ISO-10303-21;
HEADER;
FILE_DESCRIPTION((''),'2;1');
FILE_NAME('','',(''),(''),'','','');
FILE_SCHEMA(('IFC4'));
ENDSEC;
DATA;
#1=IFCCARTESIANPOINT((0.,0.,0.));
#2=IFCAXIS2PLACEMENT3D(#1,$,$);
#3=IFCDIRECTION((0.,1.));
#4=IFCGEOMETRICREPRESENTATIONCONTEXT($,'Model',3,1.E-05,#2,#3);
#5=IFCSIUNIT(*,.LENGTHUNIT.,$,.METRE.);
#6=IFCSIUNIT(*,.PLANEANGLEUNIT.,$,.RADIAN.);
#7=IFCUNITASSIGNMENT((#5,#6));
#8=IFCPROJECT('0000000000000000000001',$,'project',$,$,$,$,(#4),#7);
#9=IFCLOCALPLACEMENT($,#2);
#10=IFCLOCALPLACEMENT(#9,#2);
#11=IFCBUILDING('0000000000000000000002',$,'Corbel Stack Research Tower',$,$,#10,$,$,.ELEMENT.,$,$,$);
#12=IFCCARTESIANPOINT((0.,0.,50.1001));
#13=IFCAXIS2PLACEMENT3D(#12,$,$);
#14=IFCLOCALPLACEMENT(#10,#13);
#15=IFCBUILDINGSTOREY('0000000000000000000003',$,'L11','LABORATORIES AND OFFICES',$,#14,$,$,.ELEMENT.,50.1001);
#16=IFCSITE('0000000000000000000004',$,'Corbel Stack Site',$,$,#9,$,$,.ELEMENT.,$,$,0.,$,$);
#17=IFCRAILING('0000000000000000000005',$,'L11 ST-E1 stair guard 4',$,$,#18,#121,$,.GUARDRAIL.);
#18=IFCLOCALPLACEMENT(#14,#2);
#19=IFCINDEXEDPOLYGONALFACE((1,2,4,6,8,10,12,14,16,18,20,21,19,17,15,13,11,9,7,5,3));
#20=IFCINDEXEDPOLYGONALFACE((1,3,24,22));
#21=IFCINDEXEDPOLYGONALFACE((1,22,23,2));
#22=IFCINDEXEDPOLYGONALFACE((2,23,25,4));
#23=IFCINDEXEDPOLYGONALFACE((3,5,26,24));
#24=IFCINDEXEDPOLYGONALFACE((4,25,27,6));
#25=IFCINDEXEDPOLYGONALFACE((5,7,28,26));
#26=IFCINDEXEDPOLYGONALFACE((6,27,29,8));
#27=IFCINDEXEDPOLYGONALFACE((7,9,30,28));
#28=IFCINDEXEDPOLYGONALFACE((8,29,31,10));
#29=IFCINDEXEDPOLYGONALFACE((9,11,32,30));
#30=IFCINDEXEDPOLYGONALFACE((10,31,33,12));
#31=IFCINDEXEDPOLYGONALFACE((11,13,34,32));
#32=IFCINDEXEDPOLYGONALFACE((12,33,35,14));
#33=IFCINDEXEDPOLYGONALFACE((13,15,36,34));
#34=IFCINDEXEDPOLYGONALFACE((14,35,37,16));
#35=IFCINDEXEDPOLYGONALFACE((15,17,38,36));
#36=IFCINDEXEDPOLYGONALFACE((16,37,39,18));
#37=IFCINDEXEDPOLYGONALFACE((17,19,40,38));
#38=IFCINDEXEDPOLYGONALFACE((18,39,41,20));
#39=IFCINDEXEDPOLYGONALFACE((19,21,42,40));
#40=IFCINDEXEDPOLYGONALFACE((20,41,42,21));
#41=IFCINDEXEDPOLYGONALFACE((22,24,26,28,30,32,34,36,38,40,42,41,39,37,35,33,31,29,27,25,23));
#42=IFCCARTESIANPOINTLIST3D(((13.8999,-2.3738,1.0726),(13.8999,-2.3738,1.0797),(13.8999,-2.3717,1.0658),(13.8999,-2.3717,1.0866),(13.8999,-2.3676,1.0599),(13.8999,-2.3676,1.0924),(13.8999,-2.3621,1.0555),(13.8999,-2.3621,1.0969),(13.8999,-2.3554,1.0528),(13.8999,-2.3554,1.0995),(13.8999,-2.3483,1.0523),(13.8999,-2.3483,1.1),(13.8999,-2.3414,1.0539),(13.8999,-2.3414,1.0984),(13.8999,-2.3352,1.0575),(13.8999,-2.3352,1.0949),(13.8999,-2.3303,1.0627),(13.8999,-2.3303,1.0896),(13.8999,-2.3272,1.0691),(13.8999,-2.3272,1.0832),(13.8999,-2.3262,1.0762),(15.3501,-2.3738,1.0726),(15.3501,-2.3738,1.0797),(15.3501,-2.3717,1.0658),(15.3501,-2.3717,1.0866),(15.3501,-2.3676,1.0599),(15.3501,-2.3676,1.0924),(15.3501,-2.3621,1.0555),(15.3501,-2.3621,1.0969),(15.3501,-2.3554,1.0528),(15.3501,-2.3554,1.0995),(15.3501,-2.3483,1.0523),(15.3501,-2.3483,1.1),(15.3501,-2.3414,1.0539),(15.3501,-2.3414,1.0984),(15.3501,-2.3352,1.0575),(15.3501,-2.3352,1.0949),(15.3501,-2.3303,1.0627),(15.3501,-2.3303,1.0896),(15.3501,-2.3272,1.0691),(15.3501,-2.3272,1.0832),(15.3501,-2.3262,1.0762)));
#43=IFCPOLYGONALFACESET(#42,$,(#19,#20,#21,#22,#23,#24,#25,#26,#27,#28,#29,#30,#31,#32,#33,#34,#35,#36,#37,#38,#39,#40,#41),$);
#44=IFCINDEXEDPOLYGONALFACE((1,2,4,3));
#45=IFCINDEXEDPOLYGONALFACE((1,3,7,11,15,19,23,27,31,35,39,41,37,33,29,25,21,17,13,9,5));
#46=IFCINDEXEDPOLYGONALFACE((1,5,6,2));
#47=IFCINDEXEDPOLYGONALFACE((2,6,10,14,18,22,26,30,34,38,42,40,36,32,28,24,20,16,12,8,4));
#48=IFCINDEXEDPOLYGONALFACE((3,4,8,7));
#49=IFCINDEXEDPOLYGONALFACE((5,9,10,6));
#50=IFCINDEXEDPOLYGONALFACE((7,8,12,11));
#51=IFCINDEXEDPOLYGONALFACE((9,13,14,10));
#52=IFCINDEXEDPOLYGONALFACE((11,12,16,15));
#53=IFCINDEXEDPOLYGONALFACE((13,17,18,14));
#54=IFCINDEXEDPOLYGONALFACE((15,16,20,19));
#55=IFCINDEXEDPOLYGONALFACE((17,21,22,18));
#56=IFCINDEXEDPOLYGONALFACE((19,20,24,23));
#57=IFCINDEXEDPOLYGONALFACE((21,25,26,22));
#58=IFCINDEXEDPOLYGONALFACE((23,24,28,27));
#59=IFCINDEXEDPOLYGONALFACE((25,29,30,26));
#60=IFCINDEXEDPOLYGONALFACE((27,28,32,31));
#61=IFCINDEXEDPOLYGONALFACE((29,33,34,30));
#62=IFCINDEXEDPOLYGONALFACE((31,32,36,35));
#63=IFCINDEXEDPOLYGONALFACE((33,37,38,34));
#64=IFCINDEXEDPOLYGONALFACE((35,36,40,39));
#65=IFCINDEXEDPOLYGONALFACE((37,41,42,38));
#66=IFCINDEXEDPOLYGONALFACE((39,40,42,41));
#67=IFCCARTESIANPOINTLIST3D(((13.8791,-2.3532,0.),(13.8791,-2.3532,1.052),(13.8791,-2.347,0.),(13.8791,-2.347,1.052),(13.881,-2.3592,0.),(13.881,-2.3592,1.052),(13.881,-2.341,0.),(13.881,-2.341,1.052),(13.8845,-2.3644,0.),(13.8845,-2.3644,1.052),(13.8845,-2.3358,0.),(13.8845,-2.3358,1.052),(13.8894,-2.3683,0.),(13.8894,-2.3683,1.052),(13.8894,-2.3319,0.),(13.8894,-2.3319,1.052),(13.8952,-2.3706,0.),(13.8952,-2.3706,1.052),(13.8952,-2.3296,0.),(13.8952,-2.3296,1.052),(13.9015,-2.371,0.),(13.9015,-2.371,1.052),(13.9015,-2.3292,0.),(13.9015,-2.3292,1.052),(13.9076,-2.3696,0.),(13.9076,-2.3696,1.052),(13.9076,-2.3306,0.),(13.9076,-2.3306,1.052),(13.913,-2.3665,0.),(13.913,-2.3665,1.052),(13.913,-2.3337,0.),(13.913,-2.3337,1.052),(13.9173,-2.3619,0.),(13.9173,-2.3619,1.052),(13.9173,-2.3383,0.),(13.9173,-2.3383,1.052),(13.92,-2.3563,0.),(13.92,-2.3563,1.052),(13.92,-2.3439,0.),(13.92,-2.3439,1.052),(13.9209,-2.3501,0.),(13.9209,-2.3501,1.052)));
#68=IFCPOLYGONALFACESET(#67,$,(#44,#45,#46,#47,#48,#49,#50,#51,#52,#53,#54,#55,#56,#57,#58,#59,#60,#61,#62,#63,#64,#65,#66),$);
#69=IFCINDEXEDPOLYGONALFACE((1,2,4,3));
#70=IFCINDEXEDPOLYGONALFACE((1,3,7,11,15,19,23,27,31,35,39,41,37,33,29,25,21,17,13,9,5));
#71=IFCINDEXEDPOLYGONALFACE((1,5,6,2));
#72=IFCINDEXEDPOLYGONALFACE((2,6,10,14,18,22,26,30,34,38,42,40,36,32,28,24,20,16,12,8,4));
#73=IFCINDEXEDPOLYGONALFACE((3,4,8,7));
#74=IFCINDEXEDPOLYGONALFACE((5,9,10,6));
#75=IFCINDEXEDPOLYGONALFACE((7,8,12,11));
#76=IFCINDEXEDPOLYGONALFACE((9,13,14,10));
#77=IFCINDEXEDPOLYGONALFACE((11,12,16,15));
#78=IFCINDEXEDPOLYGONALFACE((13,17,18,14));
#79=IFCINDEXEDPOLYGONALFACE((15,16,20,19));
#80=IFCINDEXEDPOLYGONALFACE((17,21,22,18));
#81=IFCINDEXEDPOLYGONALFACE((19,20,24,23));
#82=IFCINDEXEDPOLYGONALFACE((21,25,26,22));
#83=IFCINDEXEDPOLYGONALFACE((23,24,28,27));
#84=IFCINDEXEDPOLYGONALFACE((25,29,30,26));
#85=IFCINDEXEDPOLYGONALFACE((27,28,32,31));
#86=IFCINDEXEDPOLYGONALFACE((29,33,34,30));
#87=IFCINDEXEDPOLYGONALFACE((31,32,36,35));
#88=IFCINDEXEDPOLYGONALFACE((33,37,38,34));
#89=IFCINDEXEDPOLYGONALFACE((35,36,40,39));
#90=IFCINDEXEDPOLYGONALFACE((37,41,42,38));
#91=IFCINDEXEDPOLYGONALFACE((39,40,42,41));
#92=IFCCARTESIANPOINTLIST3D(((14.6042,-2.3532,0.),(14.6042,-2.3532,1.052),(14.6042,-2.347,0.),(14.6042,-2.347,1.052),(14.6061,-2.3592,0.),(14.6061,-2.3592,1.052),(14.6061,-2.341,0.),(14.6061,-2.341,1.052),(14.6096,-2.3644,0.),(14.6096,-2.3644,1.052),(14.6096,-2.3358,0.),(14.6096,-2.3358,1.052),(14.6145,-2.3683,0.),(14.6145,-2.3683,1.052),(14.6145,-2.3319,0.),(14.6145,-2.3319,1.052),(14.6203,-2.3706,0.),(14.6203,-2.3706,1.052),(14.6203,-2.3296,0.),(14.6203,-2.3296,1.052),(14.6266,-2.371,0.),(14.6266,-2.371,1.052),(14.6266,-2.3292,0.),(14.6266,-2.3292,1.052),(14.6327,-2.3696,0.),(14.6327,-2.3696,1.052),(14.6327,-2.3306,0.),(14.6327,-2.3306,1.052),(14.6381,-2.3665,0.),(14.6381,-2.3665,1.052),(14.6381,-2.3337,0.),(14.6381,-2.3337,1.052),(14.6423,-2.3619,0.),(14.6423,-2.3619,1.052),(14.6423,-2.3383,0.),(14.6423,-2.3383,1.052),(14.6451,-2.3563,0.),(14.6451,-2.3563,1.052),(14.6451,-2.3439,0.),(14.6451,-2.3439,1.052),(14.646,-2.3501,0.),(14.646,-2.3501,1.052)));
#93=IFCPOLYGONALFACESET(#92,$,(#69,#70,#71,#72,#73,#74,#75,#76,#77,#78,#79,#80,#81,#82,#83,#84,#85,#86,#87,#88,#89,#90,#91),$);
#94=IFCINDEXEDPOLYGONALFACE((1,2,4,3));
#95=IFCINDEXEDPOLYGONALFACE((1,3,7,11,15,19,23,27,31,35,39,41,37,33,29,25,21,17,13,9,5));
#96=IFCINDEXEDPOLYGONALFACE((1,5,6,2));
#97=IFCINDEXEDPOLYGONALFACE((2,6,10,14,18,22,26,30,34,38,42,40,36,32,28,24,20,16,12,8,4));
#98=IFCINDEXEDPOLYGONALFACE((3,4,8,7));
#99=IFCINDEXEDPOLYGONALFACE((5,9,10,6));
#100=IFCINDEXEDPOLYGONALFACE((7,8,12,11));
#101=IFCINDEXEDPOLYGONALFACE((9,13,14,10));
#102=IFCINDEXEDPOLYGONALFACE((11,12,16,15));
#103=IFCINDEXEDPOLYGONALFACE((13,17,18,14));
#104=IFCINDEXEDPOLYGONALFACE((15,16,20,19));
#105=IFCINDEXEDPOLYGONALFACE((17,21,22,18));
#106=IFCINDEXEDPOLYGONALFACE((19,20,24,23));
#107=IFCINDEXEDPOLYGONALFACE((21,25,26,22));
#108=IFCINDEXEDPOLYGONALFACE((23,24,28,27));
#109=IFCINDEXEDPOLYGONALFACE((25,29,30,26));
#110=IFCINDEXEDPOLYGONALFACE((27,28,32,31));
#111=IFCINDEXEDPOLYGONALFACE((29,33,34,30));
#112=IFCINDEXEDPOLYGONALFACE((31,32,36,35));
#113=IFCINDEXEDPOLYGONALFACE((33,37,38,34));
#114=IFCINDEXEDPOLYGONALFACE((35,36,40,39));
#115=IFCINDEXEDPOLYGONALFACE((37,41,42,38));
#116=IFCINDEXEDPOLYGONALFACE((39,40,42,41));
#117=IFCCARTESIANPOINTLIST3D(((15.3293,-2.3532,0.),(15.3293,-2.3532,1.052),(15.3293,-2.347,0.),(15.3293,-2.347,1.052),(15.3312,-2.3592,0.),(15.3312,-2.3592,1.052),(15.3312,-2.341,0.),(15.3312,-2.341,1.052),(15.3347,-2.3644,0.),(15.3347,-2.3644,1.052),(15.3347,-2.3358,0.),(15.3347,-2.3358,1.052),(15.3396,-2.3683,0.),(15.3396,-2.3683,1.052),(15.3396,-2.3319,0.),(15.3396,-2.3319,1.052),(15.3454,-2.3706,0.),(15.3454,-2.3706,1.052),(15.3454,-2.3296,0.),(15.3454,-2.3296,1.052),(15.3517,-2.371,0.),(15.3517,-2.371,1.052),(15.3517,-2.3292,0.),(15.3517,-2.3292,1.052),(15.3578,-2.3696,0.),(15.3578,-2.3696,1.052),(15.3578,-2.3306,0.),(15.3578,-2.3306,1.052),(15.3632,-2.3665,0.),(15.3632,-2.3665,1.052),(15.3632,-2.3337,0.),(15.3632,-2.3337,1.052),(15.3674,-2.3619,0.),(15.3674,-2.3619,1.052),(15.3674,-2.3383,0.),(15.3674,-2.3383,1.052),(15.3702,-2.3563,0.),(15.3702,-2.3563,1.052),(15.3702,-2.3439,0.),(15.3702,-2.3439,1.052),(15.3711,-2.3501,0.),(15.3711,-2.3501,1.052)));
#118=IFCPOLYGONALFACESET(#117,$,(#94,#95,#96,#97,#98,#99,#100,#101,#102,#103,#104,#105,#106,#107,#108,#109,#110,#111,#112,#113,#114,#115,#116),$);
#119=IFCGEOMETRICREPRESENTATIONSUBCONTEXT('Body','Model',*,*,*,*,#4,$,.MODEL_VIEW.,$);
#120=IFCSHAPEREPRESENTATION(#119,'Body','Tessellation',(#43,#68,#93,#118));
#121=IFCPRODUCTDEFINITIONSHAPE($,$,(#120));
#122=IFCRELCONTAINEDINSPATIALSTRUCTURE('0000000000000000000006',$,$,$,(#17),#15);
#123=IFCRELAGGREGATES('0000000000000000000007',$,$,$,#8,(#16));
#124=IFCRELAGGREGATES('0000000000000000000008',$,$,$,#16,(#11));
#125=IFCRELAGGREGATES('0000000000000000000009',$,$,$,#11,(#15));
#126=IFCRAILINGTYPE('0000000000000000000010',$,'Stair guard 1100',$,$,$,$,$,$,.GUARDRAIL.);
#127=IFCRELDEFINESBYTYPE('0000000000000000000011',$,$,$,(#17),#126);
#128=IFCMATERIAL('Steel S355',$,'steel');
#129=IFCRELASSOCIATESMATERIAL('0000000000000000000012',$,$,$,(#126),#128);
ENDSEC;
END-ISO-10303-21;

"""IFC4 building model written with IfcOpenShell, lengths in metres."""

from ifc_helpers import new_model, si_unit, direction, frame, origin, origin_2d, place, context, subcontext, project, spatial, circle, extrude, material, type_object, element, save


model = new_model("IFC4")

# Units and contexts
model_context = context("Model", 3, precision=1e-05, world=origin(), true_north=direction((0.0, 1.0)))
body_context = subcontext(model_context, "Body", "Model", "MODEL_VIEW")
ifc_project = project(units=[si_unit("LENGTHUNIT", "METRE"), si_unit("PLANEANGLEUNIT", "RADIAN")], contexts=[model_context])

# Site, building, storey
site_placement = place(None, origin())
site = spatial("IfcSite", under=ifc_project, at=site_placement, Name="Corbel Stack Site", CompositionType="ELEMENT", RefElevation=0.0)
building_placement = place(site_placement, origin())
building = spatial("IfcBuilding", under=site, at=building_placement, Name="Corbel Stack Research Tower", CompositionType="ELEMENT")
storey_placement = place(building_placement, frame((0.0, 0.0, 50.1001)))
storey = spatial("IfcBuildingStorey", under=building, at=storey_placement, Name="L11", Description="LABORATORIES AND OFFICES", CompositionType="ELEMENT", Elevation=50.1001)

# Railing
ifc_material_1 = material(Name="Steel S355", Category="steel")
railing_type_1 = type_object("IfcRailingType", Name="Stair guard 1100", PredefinedType="GUARDRAIL", material=ifc_material_1)
railing_1_placement = place(storey_placement, frame((13.8999, -2.3501, 0.0)))
element("IfcRailing", 1, at=railing_1_placement, inside=storey, type_object=railing_type_1, Name="L11 ST-E1 stair guard 4", PredefinedType="GUARDRAIL", context=body_context, shape_type="SweptSolid", body=[
    extrude(circle(Radius=0.0239, at=origin_2d()), frame((0.0, 0.0, 1.0762), z_axis=(1.0, 0.0, 0.0), x_axis=(0.0, 1.0, 0.0)), (0.0, 0.0, 1.0), 1.4502),
    extrude(circle(Radius=0.021, at=origin_2d()), origin(), (0.0, 0.0, 1.0), 1.052),
    extrude(circle(Radius=0.021, at=origin_2d()), frame((0.7251, 0.0, 0.0)), (0.0, 0.0, 1.0), 1.052),
    extrude(circle(Radius=0.021, at=origin_2d()), frame((1.4502, 0.0, 0.0)), (0.0, 0.0, 1.0), 1.052),
])

save(model, "model.ifc")
